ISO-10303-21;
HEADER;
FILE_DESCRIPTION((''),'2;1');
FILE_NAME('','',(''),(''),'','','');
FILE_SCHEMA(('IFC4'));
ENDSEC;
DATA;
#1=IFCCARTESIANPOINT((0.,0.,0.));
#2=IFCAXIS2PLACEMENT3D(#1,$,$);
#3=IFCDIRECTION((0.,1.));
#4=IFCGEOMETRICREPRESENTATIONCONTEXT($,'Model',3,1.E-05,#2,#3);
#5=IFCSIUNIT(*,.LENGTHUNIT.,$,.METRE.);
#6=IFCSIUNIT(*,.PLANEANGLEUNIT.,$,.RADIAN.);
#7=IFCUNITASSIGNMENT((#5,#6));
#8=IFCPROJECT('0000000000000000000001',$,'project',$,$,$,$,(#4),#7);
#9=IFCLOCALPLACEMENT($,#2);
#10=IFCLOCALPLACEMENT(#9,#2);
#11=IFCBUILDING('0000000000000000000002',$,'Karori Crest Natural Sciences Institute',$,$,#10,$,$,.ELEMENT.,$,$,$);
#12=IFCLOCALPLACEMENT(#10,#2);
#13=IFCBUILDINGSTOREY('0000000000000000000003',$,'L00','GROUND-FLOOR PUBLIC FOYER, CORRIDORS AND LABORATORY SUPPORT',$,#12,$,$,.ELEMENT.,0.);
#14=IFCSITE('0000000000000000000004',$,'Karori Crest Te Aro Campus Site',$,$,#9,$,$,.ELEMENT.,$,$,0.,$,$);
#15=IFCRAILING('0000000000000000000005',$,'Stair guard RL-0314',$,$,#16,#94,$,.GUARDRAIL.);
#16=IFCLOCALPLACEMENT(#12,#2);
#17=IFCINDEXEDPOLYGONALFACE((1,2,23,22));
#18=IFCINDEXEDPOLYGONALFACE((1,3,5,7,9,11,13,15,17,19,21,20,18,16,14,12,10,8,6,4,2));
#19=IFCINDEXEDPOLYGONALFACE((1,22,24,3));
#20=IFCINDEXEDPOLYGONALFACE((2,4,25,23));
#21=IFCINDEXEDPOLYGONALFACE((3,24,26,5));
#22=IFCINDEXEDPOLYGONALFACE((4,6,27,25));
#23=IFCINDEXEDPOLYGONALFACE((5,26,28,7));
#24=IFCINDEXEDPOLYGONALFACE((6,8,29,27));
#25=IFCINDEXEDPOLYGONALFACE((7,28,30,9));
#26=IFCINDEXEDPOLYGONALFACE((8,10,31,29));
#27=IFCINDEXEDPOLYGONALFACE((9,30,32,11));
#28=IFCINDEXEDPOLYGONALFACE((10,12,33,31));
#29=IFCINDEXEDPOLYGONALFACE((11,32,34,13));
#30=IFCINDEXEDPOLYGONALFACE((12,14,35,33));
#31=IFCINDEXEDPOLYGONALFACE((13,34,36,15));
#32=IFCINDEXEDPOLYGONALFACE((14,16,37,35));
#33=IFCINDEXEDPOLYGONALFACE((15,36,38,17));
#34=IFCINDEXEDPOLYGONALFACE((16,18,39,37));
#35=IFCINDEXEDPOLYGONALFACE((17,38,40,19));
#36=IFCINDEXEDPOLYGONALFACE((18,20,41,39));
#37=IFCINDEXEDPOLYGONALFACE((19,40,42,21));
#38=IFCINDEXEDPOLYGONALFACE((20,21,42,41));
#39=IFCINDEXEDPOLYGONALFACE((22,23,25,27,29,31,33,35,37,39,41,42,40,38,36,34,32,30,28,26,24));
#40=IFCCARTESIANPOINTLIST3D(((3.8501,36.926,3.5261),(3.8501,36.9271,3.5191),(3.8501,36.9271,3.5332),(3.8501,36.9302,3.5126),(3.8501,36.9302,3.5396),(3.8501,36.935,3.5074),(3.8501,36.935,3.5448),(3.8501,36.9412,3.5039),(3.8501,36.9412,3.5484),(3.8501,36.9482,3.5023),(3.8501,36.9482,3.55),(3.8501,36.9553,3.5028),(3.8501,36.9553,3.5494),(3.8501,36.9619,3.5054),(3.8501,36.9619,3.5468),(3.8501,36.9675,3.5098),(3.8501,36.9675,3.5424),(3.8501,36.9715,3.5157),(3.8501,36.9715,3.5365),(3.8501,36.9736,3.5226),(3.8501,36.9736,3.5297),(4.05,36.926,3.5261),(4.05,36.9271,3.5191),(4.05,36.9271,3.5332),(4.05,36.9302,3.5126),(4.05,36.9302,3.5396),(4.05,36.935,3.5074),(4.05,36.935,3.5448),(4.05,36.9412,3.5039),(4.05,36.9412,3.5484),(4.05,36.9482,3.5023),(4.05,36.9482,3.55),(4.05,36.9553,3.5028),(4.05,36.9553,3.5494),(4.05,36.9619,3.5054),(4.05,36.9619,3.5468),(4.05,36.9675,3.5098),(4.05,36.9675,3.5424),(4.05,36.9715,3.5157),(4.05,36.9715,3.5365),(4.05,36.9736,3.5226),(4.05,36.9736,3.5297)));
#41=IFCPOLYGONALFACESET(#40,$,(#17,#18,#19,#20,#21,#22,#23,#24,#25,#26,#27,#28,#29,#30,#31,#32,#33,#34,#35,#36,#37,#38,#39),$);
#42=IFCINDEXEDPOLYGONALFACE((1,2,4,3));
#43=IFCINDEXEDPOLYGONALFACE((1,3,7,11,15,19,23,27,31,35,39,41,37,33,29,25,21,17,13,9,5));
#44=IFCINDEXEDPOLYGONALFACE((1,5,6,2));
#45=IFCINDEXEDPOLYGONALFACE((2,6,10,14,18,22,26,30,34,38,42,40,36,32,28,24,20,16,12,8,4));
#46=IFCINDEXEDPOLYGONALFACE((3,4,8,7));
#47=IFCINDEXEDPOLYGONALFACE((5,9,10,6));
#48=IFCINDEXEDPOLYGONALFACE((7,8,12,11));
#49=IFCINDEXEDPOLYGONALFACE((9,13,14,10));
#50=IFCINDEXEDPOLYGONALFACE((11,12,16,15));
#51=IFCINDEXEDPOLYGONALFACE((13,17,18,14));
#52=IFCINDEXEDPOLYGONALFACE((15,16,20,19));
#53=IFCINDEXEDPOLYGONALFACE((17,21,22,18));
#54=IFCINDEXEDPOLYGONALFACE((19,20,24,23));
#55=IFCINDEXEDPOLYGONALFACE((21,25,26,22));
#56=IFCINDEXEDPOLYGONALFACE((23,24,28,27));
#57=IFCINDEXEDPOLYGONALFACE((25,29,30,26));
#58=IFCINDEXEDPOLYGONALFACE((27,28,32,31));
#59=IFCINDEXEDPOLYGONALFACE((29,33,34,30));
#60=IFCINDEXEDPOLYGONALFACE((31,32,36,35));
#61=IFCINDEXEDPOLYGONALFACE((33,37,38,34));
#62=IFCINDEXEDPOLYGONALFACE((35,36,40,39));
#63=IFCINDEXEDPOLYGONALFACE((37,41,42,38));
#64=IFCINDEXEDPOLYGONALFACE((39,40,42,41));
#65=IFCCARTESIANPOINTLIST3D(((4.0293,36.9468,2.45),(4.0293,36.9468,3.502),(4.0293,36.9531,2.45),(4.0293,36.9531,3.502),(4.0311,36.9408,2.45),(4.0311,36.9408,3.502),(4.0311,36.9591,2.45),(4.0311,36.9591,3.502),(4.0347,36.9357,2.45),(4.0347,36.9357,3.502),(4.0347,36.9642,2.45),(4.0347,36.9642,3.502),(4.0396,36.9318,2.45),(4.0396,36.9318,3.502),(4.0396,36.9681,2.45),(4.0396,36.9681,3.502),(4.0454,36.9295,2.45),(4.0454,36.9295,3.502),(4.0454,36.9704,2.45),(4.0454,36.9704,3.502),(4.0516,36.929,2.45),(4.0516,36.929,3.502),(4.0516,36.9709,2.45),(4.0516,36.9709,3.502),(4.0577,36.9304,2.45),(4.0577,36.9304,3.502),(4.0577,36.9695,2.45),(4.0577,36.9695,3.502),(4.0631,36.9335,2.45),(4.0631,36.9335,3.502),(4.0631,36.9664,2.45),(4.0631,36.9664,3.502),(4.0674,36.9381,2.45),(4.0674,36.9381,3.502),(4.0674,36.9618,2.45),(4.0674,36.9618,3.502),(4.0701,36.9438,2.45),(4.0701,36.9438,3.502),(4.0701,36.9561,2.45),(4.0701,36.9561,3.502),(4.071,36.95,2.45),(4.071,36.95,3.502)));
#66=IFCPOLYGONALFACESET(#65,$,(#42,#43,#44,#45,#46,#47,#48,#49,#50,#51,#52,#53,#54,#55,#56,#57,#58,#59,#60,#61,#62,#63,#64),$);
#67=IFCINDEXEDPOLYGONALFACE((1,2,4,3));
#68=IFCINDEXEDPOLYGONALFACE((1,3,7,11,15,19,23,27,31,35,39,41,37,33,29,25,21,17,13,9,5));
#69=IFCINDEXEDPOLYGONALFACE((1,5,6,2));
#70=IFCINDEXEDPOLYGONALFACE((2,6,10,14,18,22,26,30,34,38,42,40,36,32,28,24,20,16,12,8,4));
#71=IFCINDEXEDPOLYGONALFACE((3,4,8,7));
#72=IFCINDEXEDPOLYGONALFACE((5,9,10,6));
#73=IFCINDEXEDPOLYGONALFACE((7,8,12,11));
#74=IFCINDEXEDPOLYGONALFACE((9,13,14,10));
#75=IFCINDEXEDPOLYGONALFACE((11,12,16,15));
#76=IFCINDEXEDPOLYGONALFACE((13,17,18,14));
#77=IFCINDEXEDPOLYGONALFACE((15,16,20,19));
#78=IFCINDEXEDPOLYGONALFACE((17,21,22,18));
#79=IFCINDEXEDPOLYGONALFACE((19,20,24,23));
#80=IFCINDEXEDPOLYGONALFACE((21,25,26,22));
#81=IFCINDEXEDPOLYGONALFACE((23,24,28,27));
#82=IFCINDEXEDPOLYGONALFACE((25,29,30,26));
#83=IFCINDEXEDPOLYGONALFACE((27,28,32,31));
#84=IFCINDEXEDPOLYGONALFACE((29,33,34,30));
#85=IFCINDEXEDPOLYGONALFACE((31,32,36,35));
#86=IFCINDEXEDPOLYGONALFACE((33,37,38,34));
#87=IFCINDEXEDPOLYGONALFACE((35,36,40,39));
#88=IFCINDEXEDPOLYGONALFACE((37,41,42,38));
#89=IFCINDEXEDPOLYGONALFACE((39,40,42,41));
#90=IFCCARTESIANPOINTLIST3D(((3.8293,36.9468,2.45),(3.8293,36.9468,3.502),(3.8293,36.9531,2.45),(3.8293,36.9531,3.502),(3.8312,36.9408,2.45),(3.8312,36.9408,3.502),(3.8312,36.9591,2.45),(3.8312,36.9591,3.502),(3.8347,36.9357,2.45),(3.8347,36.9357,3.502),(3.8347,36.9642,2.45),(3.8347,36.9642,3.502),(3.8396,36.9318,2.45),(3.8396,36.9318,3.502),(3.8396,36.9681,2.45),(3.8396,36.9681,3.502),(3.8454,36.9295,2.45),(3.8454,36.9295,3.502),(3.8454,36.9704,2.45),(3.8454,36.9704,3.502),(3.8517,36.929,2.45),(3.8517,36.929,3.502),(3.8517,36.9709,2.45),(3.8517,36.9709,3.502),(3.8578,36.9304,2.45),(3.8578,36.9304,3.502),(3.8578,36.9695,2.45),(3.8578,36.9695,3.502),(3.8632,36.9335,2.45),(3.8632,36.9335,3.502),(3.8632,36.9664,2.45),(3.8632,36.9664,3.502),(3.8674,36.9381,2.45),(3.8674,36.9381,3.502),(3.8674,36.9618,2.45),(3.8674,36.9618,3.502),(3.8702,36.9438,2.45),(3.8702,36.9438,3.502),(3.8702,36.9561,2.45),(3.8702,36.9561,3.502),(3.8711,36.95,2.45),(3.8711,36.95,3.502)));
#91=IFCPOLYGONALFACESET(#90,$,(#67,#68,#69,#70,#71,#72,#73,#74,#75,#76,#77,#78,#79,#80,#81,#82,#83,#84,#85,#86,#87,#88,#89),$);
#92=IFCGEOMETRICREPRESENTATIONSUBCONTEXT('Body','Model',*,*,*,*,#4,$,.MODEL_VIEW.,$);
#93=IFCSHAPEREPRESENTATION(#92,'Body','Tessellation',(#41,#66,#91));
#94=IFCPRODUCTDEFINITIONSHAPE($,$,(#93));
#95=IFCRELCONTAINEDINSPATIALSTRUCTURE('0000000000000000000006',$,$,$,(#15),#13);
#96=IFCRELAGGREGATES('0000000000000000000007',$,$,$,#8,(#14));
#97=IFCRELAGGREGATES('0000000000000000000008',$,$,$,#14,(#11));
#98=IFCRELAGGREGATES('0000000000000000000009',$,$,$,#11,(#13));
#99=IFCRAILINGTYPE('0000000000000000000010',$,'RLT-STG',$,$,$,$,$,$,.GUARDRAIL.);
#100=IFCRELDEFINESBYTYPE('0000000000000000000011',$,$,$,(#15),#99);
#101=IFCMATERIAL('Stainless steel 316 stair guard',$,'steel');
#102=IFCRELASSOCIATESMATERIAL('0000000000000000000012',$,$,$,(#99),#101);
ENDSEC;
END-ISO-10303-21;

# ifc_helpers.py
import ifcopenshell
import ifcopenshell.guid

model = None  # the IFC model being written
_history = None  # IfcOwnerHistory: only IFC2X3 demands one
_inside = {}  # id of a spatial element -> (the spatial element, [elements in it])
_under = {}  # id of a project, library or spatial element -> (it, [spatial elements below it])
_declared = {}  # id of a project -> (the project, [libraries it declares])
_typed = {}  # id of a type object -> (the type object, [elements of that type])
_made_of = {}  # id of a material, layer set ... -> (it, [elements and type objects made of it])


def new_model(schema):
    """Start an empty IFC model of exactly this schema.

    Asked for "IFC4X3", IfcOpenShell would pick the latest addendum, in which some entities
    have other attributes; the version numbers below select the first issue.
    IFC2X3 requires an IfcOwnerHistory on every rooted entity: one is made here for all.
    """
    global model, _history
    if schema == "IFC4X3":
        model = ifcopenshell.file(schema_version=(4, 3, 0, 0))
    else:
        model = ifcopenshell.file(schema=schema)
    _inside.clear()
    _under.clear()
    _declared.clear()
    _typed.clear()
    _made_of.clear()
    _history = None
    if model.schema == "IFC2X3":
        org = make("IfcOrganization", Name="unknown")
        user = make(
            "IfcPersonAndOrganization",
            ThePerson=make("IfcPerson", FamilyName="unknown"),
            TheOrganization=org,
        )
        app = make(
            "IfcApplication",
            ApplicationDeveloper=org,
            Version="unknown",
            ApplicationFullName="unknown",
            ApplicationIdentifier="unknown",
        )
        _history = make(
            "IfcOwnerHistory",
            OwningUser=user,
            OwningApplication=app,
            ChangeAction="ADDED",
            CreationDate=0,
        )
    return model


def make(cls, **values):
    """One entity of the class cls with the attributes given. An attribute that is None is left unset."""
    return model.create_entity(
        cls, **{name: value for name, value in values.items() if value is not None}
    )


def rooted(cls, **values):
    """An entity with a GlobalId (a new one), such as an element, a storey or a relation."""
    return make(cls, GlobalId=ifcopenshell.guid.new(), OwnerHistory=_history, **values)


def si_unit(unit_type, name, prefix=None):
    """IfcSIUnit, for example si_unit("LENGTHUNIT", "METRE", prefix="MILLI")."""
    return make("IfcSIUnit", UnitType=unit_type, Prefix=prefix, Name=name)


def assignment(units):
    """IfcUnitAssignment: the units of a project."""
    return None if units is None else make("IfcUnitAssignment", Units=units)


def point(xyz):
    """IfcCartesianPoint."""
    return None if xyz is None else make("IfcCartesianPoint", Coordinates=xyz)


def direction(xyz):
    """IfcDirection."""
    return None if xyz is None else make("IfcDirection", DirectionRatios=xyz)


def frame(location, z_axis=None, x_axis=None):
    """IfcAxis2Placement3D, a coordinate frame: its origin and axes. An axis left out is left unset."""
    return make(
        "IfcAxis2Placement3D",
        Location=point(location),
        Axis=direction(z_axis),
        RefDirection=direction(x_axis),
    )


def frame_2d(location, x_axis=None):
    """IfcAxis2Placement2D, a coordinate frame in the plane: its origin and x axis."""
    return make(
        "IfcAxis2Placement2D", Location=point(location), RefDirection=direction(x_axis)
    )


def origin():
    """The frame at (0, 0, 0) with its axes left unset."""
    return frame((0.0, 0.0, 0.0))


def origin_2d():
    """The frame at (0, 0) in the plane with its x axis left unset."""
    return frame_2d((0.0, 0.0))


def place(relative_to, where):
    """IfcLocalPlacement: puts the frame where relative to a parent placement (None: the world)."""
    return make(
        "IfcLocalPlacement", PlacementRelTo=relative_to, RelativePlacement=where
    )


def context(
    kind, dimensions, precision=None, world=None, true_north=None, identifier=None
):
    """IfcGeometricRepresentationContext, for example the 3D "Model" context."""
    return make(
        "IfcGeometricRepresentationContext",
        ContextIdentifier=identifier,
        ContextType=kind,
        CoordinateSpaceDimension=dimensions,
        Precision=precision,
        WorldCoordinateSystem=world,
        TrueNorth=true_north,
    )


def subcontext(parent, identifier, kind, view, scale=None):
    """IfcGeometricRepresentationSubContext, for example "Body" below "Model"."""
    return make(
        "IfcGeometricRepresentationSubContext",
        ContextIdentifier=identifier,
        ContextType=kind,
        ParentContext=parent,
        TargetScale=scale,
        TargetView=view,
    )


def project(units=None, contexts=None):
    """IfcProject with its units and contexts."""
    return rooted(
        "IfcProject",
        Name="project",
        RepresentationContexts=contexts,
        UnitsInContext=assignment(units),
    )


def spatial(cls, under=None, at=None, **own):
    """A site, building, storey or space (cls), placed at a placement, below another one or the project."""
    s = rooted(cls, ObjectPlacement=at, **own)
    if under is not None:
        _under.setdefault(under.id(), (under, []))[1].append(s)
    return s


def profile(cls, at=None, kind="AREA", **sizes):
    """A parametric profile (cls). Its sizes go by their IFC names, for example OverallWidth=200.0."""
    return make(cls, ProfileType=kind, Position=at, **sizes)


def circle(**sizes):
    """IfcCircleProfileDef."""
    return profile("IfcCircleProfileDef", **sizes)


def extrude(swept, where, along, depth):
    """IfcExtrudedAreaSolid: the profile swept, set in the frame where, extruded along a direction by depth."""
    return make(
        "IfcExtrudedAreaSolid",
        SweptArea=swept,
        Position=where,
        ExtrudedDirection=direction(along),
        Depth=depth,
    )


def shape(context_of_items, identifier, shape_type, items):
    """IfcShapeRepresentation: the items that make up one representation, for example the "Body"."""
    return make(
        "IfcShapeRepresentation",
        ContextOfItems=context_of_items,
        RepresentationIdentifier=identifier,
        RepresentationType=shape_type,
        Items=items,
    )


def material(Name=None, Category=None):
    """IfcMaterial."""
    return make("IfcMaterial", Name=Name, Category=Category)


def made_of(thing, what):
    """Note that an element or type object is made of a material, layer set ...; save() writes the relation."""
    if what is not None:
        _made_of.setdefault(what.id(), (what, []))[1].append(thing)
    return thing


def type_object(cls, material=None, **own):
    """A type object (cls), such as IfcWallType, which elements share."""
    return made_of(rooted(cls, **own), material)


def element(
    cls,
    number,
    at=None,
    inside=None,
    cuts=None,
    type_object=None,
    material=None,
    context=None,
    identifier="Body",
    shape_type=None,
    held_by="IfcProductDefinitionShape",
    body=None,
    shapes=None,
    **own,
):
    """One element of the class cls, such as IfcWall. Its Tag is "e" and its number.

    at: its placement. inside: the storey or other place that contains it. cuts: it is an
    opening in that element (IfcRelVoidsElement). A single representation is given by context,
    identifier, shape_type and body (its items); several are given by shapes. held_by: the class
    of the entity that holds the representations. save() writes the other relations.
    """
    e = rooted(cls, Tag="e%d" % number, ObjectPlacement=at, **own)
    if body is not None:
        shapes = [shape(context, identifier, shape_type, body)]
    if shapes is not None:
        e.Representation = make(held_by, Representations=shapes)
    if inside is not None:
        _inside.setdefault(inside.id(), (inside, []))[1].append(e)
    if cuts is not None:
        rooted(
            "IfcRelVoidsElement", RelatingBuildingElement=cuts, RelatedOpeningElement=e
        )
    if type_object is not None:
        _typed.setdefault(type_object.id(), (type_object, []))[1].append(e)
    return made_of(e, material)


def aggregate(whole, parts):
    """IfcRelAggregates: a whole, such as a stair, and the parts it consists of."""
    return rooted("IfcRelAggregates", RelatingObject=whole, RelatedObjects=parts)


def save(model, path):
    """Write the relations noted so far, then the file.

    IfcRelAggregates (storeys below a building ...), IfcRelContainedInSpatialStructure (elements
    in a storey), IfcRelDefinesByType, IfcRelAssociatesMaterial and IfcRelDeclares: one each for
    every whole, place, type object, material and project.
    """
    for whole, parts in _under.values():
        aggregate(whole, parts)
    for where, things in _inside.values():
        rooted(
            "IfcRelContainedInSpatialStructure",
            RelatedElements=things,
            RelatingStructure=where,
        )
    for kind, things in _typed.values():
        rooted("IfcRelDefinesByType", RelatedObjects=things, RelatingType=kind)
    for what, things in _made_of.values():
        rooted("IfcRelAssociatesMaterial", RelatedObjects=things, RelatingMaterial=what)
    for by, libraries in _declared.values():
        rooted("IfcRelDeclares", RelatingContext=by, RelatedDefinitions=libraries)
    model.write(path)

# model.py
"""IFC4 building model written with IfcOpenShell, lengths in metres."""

from ifc_helpers import new_model, si_unit, direction, frame, origin, origin_2d, place, context, subcontext, project, spatial, circle, extrude, material, type_object, element, save


model = new_model("IFC4")

# Units and contexts
model_context = context("Model", 3, precision=1e-05, world=origin(), true_north=direction((0.0, 1.0)))
body_context = subcontext(model_context, "Body", "Model", "MODEL_VIEW")
ifc_project = project(units=[si_unit("LENGTHUNIT", "METRE"), si_unit("PLANEANGLEUNIT", "RADIAN")], contexts=[model_context])

# Site, building, storey
site_placement = place(None, origin())
site = spatial("IfcSite", under=ifc_project, at=site_placement, Name="Karori Crest Te Aro Campus Site", CompositionType="ELEMENT", RefElevation=0.0)
building_placement = place(site_placement, origin())
building = spatial("IfcBuilding", under=site, at=building_placement, Name="Karori Crest Natural Sciences Institute", CompositionType="ELEMENT")
storey_placement = place(building_placement, origin())
storey = spatial("IfcBuildingStorey", under=building, at=storey_placement, Name="L00", Description="GROUND-FLOOR PUBLIC FOYER, CORRIDORS AND LABORATORY SUPPORT", CompositionType="ELEMENT", Elevation=0.0)

# Railing
ifc_material_1 = material(Name="Stainless steel 316 stair guard", Category="steel")
railing_type_1 = type_object("IfcRailingType", Name="RLT-STG", PredefinedType="GUARDRAIL", material=ifc_material_1)
railing_1_placement = place(storey_placement, frame((4.05, 36.95, 2.45)))
element("IfcRailing", 1, at=railing_1_placement, inside=storey, type_object=railing_type_1, Name="Stair guard RL-0314", PredefinedType="GUARDRAIL", context=body_context, shape_type="SweptSolid", body=[
    extrude(circle(Radius=0.0239, at=origin_2d()), frame((0.0, 0.0, 1.0762), z_axis=(-1.0, 0.0, 0.0), x_axis=(0.0, -1.0, 0.0)), (0.0, 0.0, 1.0), 0.2),
    extrude(circle(Radius=0.021, at=origin_2d()), origin(), (0.0, 0.0, 1.0), 1.052),
    extrude(circle(Radius=0.021, at=origin_2d()), frame((-0.2, 0.0, 0.0)), (0.0, 0.0, 1.0), 1.052),
])

save(model, "model.ifc")
